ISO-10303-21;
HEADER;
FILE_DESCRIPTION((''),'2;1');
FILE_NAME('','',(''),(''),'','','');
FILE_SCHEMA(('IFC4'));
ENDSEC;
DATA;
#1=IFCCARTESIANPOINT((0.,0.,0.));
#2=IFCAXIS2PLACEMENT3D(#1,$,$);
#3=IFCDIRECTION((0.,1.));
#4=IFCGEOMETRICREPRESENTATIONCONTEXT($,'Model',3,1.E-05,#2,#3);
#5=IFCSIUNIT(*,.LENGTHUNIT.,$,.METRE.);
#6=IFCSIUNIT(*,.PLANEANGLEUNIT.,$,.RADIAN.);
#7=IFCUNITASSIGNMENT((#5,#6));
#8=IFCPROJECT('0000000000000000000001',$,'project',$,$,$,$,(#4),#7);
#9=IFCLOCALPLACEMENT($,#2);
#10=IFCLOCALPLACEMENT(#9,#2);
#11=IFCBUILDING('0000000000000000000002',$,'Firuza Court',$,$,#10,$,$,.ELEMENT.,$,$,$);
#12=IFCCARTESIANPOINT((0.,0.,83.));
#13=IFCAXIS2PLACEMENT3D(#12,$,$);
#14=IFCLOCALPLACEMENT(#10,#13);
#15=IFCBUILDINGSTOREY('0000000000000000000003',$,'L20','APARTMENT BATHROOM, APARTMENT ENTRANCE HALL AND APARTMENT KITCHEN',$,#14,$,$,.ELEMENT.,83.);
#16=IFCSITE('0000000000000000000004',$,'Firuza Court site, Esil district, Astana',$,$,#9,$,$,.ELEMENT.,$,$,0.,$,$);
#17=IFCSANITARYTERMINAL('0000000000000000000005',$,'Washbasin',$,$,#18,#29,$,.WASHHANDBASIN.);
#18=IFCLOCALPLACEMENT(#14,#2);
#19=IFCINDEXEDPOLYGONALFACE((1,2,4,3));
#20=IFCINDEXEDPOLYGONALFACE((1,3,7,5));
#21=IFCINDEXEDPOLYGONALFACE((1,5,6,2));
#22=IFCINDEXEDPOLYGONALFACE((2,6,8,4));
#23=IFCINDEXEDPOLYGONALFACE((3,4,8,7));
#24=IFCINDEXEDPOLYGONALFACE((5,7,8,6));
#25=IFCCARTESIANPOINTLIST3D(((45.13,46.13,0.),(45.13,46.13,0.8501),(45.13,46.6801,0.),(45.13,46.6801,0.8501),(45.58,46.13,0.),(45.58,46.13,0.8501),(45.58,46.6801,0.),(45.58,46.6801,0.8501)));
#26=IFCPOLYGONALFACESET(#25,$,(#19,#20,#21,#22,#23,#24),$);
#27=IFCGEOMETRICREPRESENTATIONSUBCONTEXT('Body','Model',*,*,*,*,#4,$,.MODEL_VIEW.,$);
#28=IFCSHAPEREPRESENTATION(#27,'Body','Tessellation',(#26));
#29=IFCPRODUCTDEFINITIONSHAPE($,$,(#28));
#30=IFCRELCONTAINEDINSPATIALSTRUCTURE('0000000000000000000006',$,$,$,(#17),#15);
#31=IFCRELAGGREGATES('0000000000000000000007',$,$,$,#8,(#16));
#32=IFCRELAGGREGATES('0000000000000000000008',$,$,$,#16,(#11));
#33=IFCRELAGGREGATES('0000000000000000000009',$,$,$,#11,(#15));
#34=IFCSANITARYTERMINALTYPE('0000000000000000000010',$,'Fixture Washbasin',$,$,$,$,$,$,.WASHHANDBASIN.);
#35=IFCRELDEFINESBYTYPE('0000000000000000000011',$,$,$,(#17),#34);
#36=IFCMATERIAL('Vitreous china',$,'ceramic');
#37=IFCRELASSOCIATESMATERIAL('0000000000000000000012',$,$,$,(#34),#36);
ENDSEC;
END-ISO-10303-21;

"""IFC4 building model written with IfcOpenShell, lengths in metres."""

from ifc_helpers import new_model, si_unit, direction, frame, origin, origin_2d, place, context, subcontext, project, spatial, rectangle, extrude, material, type_object, element, save


model = new_model("IFC4")

# Units and contexts
model_context = context("Model", 3, precision=1e-05, world=origin(), true_north=direction((0.0, 1.0)))
body_context = subcontext(model_context, "Body", "Model", "MODEL_VIEW")
ifc_project = project(units=[si_unit("LENGTHUNIT", "METRE"), si_unit("PLANEANGLEUNIT", "RADIAN")], contexts=[model_context])

# Site, building, storey
site_placement = place(None, origin())
site = spatial("IfcSite", under=ifc_project, at=site_placement, Name="Firuza Court site, Esil district, Astana", CompositionType="ELEMENT", RefElevation=0.0)
building_placement = place(site_placement, origin())
building = spatial("IfcBuilding", under=site, at=building_placement, Name="Firuza Court", CompositionType="ELEMENT")
storey_placement = place(building_placement, frame((0.0, 0.0, 83.0)))
storey = spatial("IfcBuildingStorey", under=building, at=storey_placement, Name="L20", Description="APARTMENT BATHROOM, APARTMENT ENTRANCE HALL AND APARTMENT KITCHEN", CompositionType="ELEMENT", Elevation=83.0)

# Sanitary terminal
ifc_material_1 = material(Name="Vitreous china", Category="ceramic")
sanitary_terminal_type_1 = type_object("IfcSanitaryTerminalType", Name="Fixture Washbasin", PredefinedType="WASHHANDBASIN", material=ifc_material_1)
sanitary_terminal_1_placement = place(storey_placement, frame((45.355, 46.405, 0.0), z_axis=(0.0, 0.0, 1.0), x_axis=(1.0, 0.0, 0.0)))
element("IfcSanitaryTerminal", 1, at=sanitary_terminal_1_placement, inside=storey, type_object=sanitary_terminal_type_1, Name="Washbasin", PredefinedType="WASHHANDBASIN", context=body_context, shape_type="SweptSolid", body=[
    extrude(rectangle(XDim=0.45, YDim=0.55, at=origin_2d()), origin(), (0.0, 0.0, 1.0), 0.8501),
])

save(model, "model.ifc")
